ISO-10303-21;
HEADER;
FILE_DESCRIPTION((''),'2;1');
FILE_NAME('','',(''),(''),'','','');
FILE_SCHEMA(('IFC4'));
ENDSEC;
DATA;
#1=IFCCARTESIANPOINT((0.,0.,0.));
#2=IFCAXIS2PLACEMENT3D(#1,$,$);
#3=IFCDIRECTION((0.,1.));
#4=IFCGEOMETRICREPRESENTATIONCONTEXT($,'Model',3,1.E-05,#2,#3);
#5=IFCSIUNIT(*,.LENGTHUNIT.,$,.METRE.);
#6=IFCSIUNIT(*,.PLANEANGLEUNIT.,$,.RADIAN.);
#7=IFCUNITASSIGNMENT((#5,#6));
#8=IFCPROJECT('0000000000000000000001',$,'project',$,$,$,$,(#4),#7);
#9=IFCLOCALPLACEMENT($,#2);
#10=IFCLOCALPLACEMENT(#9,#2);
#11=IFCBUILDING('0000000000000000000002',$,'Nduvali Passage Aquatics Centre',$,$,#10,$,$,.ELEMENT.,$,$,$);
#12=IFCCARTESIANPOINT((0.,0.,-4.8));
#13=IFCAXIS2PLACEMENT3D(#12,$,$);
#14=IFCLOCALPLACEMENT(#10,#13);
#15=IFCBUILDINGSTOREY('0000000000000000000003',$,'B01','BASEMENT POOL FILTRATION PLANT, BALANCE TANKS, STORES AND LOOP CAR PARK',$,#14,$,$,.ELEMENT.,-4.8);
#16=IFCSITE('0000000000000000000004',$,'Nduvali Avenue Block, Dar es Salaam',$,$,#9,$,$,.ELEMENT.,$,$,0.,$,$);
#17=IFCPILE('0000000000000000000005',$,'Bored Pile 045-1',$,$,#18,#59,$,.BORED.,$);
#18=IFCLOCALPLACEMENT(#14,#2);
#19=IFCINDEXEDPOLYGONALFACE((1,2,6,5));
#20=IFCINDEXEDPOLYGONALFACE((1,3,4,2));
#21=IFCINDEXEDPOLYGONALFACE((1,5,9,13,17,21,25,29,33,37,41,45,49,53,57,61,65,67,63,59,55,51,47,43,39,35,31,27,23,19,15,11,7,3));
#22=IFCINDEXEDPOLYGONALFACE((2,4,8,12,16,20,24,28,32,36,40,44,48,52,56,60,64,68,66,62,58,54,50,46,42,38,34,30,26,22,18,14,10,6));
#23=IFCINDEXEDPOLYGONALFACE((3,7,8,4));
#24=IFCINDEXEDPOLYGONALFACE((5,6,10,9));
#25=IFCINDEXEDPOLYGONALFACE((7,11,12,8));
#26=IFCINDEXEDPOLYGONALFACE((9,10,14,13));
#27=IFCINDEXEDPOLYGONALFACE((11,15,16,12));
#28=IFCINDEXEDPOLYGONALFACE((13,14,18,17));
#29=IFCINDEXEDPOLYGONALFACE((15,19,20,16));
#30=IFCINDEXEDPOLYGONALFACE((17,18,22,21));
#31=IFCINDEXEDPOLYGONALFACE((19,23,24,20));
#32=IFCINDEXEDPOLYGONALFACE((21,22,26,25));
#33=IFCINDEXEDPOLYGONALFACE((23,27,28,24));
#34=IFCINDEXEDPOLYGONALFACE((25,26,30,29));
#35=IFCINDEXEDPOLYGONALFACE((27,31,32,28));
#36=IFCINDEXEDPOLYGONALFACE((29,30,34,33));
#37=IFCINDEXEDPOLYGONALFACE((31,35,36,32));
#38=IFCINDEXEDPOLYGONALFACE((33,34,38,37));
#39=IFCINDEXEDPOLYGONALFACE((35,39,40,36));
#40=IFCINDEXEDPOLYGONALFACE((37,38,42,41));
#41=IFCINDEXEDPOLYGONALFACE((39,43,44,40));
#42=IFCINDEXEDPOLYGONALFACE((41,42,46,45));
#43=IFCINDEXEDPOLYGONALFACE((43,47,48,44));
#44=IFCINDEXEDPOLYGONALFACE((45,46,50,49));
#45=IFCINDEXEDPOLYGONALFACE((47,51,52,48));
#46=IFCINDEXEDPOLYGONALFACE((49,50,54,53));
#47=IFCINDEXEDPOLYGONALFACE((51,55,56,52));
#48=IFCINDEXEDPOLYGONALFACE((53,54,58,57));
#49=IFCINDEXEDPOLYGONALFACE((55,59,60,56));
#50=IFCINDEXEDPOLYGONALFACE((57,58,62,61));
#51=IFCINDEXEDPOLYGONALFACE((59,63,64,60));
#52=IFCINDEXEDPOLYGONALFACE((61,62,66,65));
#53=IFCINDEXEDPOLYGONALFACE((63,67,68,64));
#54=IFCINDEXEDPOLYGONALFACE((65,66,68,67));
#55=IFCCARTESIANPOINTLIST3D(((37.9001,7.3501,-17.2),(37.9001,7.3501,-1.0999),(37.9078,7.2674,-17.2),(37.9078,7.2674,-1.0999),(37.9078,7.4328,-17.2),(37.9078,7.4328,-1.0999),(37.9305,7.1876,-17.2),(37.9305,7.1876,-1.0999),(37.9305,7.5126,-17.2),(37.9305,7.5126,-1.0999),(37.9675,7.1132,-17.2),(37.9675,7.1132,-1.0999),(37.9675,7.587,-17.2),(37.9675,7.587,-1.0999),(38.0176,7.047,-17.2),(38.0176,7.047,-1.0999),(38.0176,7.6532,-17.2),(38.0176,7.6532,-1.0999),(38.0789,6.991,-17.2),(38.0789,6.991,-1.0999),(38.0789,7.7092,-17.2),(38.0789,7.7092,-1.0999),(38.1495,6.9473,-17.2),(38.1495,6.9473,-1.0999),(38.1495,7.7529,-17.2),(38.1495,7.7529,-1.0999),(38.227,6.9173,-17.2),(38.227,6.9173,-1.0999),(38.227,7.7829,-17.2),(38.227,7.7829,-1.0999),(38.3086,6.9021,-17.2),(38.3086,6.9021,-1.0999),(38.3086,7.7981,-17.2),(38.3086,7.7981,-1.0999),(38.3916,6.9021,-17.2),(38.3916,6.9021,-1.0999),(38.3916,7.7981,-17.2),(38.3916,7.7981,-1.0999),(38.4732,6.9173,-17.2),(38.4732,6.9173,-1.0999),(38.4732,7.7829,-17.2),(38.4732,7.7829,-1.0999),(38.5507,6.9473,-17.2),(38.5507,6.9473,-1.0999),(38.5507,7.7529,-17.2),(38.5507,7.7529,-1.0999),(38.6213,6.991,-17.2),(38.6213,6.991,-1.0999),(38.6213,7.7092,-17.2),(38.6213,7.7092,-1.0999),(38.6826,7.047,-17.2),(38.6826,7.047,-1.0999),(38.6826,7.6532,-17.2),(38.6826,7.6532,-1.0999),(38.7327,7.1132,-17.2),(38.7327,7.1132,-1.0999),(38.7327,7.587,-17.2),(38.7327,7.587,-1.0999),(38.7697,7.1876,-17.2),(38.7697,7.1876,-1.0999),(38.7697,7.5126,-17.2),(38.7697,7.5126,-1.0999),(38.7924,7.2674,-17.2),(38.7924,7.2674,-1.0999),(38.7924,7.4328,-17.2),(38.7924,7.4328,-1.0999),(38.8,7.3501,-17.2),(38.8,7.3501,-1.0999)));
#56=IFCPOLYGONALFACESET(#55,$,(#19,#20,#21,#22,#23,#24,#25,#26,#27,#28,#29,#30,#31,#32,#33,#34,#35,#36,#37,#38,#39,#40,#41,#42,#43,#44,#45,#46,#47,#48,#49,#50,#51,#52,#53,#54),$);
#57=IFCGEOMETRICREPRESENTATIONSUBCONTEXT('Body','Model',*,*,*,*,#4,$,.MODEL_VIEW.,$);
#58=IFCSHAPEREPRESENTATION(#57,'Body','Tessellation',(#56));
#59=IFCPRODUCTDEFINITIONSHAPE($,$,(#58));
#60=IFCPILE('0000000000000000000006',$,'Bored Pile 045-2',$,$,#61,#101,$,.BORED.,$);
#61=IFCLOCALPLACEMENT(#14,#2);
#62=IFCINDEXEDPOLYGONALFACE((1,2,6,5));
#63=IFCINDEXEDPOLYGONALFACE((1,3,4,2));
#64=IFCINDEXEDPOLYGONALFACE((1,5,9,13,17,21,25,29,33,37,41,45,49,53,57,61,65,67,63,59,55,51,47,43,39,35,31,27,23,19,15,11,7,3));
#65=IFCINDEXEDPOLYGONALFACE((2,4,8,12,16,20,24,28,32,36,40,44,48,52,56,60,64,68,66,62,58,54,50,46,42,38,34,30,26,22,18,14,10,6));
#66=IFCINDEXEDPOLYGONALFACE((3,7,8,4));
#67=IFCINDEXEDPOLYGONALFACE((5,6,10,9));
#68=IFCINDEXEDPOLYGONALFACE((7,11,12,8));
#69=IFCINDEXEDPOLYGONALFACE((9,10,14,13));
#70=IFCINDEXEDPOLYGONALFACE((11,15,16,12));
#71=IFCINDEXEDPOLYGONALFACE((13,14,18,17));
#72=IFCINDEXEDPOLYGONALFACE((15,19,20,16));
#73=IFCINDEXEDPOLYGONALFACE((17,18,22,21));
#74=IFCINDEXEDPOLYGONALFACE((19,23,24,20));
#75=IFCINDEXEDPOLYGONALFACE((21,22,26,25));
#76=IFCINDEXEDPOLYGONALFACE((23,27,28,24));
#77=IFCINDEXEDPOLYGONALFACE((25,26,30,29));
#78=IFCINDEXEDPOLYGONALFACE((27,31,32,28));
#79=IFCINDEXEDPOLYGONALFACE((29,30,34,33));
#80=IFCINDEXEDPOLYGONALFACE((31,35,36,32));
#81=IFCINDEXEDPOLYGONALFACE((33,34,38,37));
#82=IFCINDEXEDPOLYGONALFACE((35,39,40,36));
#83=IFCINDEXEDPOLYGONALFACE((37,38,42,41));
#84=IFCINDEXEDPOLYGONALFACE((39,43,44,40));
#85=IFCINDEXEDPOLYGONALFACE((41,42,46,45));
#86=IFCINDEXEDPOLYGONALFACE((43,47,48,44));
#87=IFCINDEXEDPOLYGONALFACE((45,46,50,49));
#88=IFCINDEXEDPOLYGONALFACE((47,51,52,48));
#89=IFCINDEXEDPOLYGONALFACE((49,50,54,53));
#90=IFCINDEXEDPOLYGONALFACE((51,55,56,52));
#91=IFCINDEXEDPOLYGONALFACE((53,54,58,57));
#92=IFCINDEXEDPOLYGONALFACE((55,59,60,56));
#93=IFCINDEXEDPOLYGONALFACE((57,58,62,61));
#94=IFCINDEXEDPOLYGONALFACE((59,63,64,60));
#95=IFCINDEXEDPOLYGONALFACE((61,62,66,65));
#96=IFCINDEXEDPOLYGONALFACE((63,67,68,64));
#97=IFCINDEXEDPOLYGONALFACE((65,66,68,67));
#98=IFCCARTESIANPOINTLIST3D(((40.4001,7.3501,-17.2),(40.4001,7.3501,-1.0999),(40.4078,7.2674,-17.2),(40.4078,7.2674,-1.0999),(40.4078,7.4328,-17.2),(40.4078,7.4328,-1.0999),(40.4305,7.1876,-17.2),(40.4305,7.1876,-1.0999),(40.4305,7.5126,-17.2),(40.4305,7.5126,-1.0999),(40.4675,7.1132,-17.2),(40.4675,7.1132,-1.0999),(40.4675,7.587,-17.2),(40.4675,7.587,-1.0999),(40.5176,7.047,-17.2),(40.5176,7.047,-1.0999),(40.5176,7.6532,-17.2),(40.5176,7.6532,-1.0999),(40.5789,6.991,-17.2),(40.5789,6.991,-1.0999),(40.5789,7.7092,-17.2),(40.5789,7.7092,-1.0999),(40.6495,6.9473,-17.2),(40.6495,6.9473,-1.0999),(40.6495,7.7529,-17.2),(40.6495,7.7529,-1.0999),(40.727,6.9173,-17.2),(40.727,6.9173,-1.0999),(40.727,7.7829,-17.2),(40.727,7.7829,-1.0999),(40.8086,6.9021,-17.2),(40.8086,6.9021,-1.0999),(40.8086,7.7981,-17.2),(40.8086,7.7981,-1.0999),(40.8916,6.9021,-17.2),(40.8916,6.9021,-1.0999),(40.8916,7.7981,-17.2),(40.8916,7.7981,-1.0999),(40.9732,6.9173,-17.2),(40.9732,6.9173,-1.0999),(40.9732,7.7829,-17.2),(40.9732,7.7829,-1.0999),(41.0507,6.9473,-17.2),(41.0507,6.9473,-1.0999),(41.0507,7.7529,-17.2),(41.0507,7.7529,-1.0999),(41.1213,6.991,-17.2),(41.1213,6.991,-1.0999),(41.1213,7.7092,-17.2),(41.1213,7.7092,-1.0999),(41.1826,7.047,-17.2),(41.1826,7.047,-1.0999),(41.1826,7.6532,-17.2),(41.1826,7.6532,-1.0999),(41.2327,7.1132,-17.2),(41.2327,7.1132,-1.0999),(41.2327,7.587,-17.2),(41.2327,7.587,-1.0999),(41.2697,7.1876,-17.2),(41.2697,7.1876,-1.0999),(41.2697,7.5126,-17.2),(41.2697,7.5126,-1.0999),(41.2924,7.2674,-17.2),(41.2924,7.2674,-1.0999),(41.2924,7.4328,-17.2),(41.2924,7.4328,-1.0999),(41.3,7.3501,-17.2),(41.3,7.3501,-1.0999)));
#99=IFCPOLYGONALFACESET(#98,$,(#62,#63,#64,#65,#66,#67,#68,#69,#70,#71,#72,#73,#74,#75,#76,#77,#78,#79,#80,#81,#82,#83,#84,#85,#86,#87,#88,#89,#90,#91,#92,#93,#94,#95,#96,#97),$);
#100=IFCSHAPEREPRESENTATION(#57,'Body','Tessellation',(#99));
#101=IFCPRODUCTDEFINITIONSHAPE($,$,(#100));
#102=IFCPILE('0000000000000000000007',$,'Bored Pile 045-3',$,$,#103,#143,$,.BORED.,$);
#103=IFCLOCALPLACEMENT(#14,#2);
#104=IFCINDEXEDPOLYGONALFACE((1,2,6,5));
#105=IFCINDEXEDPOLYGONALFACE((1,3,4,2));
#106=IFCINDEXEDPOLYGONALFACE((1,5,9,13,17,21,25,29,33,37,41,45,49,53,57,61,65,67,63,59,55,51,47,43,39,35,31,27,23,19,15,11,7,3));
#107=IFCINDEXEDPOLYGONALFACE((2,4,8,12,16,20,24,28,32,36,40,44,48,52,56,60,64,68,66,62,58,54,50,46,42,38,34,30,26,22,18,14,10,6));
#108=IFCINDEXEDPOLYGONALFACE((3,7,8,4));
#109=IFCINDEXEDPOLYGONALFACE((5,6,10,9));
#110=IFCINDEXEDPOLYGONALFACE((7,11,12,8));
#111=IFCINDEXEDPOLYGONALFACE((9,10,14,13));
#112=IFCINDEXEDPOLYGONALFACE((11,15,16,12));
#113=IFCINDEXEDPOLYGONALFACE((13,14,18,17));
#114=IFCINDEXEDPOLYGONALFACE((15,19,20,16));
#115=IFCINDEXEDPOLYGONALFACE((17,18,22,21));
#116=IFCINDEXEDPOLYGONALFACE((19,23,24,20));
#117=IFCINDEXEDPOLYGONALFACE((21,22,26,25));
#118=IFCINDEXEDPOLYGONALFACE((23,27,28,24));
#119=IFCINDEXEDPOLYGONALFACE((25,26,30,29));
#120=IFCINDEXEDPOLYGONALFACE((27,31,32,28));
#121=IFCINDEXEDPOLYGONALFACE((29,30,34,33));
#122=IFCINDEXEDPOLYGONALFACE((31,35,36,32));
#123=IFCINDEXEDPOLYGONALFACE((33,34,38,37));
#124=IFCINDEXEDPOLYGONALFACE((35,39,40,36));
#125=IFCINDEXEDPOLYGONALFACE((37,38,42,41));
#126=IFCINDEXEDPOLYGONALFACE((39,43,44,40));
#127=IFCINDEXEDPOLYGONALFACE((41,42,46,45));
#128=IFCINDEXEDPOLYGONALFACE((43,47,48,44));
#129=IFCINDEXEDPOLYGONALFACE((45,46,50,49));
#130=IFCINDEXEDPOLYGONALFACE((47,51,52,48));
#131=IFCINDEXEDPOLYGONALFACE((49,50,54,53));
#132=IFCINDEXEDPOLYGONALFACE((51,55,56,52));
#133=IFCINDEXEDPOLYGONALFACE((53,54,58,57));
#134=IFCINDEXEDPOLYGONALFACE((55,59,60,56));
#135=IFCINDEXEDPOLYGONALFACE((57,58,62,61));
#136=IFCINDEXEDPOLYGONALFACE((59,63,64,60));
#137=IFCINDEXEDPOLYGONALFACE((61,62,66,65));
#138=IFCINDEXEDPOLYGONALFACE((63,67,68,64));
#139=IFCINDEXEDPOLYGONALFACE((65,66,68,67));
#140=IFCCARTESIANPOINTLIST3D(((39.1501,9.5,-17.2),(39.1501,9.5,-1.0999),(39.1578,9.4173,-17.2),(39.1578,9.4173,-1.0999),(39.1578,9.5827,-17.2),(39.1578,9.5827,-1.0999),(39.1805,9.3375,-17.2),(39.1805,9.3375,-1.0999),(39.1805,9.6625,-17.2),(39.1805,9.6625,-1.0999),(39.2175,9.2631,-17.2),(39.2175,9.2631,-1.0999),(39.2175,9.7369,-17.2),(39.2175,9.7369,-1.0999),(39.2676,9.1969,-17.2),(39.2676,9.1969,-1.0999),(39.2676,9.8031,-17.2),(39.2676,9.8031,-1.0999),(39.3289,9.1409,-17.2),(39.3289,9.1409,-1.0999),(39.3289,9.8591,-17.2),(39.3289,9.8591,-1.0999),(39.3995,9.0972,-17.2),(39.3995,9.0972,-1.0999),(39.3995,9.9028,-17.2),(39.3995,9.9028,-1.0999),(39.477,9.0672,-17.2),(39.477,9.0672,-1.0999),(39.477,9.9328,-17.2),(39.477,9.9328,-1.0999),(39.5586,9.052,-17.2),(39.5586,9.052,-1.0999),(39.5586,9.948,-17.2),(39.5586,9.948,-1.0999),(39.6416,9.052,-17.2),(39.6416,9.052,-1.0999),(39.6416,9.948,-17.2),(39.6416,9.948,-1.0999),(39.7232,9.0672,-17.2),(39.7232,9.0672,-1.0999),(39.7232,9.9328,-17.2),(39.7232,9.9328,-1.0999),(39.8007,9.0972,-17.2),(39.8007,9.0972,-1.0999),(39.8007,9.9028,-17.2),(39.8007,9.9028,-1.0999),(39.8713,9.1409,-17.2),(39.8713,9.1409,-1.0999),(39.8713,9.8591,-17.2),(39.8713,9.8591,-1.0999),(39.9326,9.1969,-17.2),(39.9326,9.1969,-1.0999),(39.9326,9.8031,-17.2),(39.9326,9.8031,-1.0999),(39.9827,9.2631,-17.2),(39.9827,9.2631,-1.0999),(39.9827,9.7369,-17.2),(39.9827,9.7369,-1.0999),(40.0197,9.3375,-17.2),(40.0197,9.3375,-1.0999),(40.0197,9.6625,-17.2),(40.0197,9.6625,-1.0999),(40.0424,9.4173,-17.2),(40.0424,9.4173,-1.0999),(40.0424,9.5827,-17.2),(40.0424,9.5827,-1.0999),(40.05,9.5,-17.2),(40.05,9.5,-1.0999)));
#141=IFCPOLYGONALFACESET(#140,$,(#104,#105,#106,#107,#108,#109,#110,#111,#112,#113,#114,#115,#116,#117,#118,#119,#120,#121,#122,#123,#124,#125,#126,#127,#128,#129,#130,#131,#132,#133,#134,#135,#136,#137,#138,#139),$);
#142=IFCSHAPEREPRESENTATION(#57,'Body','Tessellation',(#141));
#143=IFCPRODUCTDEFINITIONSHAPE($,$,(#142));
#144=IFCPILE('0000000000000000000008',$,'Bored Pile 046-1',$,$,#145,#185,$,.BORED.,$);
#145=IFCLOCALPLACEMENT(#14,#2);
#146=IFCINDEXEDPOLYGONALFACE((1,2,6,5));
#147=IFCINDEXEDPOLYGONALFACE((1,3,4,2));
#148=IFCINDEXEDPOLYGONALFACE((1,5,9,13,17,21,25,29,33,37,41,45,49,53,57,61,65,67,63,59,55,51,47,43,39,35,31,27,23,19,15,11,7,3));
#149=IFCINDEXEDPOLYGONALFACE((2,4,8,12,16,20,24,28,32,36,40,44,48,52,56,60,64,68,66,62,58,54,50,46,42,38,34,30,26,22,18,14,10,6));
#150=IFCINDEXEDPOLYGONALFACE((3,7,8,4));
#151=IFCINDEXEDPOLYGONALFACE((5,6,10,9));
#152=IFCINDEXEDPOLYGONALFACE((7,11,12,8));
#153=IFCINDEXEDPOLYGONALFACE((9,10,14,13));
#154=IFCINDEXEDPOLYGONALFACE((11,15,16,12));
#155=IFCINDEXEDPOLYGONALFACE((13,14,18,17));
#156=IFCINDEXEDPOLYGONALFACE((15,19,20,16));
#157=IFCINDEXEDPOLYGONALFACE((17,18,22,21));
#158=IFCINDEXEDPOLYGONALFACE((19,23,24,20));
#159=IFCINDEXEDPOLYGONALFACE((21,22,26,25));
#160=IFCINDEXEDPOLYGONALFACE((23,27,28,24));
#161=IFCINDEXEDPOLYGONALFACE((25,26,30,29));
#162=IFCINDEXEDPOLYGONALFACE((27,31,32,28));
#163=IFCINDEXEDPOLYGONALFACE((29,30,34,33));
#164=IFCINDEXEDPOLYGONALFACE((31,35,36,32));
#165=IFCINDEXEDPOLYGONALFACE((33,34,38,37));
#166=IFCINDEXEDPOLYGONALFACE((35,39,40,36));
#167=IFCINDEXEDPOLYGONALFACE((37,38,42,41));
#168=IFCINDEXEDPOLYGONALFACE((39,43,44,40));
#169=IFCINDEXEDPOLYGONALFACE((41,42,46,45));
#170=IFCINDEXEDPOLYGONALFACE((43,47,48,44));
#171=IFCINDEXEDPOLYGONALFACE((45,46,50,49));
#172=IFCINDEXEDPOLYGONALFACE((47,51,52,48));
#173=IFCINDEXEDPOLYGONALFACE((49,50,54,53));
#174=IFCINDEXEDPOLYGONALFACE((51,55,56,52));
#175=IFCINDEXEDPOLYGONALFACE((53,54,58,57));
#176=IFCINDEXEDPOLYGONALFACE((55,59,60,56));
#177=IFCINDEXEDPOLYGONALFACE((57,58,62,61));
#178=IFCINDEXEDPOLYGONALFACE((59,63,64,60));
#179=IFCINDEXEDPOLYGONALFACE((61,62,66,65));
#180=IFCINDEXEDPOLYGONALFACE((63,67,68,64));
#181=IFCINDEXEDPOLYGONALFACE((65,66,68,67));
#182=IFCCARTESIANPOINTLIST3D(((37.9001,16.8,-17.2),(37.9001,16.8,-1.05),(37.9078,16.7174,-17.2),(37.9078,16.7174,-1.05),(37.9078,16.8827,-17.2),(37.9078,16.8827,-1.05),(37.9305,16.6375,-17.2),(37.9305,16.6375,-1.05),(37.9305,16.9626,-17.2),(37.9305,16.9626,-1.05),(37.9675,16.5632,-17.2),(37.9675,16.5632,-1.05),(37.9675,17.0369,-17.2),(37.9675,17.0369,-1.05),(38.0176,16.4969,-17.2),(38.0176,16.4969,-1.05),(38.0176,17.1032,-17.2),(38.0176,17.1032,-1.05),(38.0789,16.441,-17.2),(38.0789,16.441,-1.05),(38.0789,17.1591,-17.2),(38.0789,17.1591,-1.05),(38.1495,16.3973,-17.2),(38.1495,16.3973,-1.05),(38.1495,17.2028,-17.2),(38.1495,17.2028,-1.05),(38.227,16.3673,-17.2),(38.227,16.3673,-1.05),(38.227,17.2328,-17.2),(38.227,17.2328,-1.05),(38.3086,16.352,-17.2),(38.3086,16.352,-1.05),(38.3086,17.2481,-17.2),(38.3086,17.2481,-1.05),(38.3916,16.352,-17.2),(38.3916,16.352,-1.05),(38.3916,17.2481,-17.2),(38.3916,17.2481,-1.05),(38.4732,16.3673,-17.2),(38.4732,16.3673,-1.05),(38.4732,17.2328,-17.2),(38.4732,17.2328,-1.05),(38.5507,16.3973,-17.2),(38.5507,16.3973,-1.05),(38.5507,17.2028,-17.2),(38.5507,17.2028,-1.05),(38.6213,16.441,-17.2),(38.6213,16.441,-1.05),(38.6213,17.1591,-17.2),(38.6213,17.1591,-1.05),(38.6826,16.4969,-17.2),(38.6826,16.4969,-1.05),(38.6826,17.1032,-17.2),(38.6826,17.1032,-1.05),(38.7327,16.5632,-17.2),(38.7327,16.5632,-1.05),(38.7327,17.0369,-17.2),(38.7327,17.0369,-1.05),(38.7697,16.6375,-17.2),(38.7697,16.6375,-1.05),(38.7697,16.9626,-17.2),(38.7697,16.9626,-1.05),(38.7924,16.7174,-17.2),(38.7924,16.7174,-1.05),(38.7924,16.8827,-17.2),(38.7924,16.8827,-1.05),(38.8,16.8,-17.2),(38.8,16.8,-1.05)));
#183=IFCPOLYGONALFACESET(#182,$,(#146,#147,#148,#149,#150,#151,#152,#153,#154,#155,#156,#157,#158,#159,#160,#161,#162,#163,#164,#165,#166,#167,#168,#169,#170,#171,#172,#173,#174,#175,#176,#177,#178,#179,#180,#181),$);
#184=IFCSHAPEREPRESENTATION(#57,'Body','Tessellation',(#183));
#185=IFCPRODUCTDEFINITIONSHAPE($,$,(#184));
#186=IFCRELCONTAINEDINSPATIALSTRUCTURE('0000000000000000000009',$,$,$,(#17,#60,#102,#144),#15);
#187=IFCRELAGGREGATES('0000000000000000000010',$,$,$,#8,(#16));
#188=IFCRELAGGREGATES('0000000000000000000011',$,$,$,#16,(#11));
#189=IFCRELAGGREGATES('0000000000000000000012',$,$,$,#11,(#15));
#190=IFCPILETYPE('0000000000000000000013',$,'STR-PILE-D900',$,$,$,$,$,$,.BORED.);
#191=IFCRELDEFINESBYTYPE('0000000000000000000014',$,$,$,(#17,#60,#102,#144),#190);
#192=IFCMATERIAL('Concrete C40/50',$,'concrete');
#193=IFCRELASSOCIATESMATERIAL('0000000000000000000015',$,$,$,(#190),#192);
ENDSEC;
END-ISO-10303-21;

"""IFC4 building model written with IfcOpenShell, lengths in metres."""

from ifc_helpers import new_model, si_unit, direction, frame, origin, origin_2d, place, context, subcontext, project, spatial, circle, extrude, material, material_profile, profile_set, type_object, element, save


model = new_model("IFC4")

# Units and contexts
model_context = context("Model", 3, precision=1e-05, world=origin(), true_north=direction((0.0, 1.0)))
body_context = subcontext(model_context, "Body", "Model", "MODEL_VIEW")
ifc_project = project(units=[si_unit("LENGTHUNIT", "METRE"), si_unit("PLANEANGLEUNIT", "RADIAN")], contexts=[model_context])

# Site, building, storey
site_placement = place(None, origin())
site = spatial("IfcSite", under=ifc_project, at=site_placement, Name="Nduvali Avenue Block, Dar es Salaam", CompositionType="ELEMENT", RefElevation=0.0)
building_placement = place(site_placement, origin())
building = spatial("IfcBuilding", under=site, at=building_placement, Name="Nduvali Passage Aquatics Centre", CompositionType="ELEMENT")
storey_placement = place(building_placement, frame((0.0, 0.0, -4.8)))
storey = spatial("IfcBuildingStorey", under=building, at=storey_placement, Name="B01", Description="BASEMENT POOL FILTRATION PLANT, BALANCE TANKS, STORES AND LOOP CAR PARK", CompositionType="ELEMENT", Elevation=-4.8)

# Shared definitions
ifc_material = material(Name="Concrete C40/50", Category="concrete")

# Piles
ifc_material_profile_1 = material_profile(ifc_material, circle(Radius=0.45, at=origin_2d()), Name="PILE D900")
ifc_profile_set_1 = profile_set([ifc_material_profile_1], Name="Concrete C40/50")
pile_type_1 = type_object("IfcPileType", Name="STR-PILE-D900", PredefinedType="BORED", material=ifc_profile_set_1)
for number, where, z_axis, x_axis, name in (
    (1, (38.3501, 7.3501, -1.0999), (0.0, 0.0, -1.0), (1.0, 0.0, 0.0), "Bored Pile 045-1"),
    (2, (40.8501, 7.3501, -1.0999), (0.0, 0.0, -1.0), (1.0, 0.0, 0.0), "Bored Pile 045-2"),
    (3, (39.6001, 9.5, -1.0999), (0.0, 0.0, -1.0), (1.0, 0.0, 0.0), "Bored Pile 045-3"),
):
    element("IfcPile", number, at=place(storey_placement, frame(where, z_axis=z_axis, x_axis=x_axis)), inside=storey, type_object=pile_type_1, Name=name, PredefinedType="BORED", context=body_context, shape_type="SweptSolid", body=[
        extrude(circle(Radius=0.45, at=origin_2d()), origin(), (0.0, 0.0, 1.0), 16.1001),
    ])
for number, where, z_axis, x_axis, name in (
    (4, (38.3501, 16.8, -1.05), (0.0, 0.0, -1.0), (1.0, 0.0, 0.0), "Bored Pile 046-1"),
):
    element("IfcPile", number, at=place(storey_placement, frame(where, z_axis=z_axis, x_axis=x_axis)), inside=storey, type_object=pile_type_1, Name=name, PredefinedType="BORED", context=body_context, shape_type="SweptSolid", body=[
        extrude(circle(Radius=0.45, at=origin_2d()), origin(), (0.0, 0.0, 1.0), 16.1499),
    ])

save(model, "model.ifc")
